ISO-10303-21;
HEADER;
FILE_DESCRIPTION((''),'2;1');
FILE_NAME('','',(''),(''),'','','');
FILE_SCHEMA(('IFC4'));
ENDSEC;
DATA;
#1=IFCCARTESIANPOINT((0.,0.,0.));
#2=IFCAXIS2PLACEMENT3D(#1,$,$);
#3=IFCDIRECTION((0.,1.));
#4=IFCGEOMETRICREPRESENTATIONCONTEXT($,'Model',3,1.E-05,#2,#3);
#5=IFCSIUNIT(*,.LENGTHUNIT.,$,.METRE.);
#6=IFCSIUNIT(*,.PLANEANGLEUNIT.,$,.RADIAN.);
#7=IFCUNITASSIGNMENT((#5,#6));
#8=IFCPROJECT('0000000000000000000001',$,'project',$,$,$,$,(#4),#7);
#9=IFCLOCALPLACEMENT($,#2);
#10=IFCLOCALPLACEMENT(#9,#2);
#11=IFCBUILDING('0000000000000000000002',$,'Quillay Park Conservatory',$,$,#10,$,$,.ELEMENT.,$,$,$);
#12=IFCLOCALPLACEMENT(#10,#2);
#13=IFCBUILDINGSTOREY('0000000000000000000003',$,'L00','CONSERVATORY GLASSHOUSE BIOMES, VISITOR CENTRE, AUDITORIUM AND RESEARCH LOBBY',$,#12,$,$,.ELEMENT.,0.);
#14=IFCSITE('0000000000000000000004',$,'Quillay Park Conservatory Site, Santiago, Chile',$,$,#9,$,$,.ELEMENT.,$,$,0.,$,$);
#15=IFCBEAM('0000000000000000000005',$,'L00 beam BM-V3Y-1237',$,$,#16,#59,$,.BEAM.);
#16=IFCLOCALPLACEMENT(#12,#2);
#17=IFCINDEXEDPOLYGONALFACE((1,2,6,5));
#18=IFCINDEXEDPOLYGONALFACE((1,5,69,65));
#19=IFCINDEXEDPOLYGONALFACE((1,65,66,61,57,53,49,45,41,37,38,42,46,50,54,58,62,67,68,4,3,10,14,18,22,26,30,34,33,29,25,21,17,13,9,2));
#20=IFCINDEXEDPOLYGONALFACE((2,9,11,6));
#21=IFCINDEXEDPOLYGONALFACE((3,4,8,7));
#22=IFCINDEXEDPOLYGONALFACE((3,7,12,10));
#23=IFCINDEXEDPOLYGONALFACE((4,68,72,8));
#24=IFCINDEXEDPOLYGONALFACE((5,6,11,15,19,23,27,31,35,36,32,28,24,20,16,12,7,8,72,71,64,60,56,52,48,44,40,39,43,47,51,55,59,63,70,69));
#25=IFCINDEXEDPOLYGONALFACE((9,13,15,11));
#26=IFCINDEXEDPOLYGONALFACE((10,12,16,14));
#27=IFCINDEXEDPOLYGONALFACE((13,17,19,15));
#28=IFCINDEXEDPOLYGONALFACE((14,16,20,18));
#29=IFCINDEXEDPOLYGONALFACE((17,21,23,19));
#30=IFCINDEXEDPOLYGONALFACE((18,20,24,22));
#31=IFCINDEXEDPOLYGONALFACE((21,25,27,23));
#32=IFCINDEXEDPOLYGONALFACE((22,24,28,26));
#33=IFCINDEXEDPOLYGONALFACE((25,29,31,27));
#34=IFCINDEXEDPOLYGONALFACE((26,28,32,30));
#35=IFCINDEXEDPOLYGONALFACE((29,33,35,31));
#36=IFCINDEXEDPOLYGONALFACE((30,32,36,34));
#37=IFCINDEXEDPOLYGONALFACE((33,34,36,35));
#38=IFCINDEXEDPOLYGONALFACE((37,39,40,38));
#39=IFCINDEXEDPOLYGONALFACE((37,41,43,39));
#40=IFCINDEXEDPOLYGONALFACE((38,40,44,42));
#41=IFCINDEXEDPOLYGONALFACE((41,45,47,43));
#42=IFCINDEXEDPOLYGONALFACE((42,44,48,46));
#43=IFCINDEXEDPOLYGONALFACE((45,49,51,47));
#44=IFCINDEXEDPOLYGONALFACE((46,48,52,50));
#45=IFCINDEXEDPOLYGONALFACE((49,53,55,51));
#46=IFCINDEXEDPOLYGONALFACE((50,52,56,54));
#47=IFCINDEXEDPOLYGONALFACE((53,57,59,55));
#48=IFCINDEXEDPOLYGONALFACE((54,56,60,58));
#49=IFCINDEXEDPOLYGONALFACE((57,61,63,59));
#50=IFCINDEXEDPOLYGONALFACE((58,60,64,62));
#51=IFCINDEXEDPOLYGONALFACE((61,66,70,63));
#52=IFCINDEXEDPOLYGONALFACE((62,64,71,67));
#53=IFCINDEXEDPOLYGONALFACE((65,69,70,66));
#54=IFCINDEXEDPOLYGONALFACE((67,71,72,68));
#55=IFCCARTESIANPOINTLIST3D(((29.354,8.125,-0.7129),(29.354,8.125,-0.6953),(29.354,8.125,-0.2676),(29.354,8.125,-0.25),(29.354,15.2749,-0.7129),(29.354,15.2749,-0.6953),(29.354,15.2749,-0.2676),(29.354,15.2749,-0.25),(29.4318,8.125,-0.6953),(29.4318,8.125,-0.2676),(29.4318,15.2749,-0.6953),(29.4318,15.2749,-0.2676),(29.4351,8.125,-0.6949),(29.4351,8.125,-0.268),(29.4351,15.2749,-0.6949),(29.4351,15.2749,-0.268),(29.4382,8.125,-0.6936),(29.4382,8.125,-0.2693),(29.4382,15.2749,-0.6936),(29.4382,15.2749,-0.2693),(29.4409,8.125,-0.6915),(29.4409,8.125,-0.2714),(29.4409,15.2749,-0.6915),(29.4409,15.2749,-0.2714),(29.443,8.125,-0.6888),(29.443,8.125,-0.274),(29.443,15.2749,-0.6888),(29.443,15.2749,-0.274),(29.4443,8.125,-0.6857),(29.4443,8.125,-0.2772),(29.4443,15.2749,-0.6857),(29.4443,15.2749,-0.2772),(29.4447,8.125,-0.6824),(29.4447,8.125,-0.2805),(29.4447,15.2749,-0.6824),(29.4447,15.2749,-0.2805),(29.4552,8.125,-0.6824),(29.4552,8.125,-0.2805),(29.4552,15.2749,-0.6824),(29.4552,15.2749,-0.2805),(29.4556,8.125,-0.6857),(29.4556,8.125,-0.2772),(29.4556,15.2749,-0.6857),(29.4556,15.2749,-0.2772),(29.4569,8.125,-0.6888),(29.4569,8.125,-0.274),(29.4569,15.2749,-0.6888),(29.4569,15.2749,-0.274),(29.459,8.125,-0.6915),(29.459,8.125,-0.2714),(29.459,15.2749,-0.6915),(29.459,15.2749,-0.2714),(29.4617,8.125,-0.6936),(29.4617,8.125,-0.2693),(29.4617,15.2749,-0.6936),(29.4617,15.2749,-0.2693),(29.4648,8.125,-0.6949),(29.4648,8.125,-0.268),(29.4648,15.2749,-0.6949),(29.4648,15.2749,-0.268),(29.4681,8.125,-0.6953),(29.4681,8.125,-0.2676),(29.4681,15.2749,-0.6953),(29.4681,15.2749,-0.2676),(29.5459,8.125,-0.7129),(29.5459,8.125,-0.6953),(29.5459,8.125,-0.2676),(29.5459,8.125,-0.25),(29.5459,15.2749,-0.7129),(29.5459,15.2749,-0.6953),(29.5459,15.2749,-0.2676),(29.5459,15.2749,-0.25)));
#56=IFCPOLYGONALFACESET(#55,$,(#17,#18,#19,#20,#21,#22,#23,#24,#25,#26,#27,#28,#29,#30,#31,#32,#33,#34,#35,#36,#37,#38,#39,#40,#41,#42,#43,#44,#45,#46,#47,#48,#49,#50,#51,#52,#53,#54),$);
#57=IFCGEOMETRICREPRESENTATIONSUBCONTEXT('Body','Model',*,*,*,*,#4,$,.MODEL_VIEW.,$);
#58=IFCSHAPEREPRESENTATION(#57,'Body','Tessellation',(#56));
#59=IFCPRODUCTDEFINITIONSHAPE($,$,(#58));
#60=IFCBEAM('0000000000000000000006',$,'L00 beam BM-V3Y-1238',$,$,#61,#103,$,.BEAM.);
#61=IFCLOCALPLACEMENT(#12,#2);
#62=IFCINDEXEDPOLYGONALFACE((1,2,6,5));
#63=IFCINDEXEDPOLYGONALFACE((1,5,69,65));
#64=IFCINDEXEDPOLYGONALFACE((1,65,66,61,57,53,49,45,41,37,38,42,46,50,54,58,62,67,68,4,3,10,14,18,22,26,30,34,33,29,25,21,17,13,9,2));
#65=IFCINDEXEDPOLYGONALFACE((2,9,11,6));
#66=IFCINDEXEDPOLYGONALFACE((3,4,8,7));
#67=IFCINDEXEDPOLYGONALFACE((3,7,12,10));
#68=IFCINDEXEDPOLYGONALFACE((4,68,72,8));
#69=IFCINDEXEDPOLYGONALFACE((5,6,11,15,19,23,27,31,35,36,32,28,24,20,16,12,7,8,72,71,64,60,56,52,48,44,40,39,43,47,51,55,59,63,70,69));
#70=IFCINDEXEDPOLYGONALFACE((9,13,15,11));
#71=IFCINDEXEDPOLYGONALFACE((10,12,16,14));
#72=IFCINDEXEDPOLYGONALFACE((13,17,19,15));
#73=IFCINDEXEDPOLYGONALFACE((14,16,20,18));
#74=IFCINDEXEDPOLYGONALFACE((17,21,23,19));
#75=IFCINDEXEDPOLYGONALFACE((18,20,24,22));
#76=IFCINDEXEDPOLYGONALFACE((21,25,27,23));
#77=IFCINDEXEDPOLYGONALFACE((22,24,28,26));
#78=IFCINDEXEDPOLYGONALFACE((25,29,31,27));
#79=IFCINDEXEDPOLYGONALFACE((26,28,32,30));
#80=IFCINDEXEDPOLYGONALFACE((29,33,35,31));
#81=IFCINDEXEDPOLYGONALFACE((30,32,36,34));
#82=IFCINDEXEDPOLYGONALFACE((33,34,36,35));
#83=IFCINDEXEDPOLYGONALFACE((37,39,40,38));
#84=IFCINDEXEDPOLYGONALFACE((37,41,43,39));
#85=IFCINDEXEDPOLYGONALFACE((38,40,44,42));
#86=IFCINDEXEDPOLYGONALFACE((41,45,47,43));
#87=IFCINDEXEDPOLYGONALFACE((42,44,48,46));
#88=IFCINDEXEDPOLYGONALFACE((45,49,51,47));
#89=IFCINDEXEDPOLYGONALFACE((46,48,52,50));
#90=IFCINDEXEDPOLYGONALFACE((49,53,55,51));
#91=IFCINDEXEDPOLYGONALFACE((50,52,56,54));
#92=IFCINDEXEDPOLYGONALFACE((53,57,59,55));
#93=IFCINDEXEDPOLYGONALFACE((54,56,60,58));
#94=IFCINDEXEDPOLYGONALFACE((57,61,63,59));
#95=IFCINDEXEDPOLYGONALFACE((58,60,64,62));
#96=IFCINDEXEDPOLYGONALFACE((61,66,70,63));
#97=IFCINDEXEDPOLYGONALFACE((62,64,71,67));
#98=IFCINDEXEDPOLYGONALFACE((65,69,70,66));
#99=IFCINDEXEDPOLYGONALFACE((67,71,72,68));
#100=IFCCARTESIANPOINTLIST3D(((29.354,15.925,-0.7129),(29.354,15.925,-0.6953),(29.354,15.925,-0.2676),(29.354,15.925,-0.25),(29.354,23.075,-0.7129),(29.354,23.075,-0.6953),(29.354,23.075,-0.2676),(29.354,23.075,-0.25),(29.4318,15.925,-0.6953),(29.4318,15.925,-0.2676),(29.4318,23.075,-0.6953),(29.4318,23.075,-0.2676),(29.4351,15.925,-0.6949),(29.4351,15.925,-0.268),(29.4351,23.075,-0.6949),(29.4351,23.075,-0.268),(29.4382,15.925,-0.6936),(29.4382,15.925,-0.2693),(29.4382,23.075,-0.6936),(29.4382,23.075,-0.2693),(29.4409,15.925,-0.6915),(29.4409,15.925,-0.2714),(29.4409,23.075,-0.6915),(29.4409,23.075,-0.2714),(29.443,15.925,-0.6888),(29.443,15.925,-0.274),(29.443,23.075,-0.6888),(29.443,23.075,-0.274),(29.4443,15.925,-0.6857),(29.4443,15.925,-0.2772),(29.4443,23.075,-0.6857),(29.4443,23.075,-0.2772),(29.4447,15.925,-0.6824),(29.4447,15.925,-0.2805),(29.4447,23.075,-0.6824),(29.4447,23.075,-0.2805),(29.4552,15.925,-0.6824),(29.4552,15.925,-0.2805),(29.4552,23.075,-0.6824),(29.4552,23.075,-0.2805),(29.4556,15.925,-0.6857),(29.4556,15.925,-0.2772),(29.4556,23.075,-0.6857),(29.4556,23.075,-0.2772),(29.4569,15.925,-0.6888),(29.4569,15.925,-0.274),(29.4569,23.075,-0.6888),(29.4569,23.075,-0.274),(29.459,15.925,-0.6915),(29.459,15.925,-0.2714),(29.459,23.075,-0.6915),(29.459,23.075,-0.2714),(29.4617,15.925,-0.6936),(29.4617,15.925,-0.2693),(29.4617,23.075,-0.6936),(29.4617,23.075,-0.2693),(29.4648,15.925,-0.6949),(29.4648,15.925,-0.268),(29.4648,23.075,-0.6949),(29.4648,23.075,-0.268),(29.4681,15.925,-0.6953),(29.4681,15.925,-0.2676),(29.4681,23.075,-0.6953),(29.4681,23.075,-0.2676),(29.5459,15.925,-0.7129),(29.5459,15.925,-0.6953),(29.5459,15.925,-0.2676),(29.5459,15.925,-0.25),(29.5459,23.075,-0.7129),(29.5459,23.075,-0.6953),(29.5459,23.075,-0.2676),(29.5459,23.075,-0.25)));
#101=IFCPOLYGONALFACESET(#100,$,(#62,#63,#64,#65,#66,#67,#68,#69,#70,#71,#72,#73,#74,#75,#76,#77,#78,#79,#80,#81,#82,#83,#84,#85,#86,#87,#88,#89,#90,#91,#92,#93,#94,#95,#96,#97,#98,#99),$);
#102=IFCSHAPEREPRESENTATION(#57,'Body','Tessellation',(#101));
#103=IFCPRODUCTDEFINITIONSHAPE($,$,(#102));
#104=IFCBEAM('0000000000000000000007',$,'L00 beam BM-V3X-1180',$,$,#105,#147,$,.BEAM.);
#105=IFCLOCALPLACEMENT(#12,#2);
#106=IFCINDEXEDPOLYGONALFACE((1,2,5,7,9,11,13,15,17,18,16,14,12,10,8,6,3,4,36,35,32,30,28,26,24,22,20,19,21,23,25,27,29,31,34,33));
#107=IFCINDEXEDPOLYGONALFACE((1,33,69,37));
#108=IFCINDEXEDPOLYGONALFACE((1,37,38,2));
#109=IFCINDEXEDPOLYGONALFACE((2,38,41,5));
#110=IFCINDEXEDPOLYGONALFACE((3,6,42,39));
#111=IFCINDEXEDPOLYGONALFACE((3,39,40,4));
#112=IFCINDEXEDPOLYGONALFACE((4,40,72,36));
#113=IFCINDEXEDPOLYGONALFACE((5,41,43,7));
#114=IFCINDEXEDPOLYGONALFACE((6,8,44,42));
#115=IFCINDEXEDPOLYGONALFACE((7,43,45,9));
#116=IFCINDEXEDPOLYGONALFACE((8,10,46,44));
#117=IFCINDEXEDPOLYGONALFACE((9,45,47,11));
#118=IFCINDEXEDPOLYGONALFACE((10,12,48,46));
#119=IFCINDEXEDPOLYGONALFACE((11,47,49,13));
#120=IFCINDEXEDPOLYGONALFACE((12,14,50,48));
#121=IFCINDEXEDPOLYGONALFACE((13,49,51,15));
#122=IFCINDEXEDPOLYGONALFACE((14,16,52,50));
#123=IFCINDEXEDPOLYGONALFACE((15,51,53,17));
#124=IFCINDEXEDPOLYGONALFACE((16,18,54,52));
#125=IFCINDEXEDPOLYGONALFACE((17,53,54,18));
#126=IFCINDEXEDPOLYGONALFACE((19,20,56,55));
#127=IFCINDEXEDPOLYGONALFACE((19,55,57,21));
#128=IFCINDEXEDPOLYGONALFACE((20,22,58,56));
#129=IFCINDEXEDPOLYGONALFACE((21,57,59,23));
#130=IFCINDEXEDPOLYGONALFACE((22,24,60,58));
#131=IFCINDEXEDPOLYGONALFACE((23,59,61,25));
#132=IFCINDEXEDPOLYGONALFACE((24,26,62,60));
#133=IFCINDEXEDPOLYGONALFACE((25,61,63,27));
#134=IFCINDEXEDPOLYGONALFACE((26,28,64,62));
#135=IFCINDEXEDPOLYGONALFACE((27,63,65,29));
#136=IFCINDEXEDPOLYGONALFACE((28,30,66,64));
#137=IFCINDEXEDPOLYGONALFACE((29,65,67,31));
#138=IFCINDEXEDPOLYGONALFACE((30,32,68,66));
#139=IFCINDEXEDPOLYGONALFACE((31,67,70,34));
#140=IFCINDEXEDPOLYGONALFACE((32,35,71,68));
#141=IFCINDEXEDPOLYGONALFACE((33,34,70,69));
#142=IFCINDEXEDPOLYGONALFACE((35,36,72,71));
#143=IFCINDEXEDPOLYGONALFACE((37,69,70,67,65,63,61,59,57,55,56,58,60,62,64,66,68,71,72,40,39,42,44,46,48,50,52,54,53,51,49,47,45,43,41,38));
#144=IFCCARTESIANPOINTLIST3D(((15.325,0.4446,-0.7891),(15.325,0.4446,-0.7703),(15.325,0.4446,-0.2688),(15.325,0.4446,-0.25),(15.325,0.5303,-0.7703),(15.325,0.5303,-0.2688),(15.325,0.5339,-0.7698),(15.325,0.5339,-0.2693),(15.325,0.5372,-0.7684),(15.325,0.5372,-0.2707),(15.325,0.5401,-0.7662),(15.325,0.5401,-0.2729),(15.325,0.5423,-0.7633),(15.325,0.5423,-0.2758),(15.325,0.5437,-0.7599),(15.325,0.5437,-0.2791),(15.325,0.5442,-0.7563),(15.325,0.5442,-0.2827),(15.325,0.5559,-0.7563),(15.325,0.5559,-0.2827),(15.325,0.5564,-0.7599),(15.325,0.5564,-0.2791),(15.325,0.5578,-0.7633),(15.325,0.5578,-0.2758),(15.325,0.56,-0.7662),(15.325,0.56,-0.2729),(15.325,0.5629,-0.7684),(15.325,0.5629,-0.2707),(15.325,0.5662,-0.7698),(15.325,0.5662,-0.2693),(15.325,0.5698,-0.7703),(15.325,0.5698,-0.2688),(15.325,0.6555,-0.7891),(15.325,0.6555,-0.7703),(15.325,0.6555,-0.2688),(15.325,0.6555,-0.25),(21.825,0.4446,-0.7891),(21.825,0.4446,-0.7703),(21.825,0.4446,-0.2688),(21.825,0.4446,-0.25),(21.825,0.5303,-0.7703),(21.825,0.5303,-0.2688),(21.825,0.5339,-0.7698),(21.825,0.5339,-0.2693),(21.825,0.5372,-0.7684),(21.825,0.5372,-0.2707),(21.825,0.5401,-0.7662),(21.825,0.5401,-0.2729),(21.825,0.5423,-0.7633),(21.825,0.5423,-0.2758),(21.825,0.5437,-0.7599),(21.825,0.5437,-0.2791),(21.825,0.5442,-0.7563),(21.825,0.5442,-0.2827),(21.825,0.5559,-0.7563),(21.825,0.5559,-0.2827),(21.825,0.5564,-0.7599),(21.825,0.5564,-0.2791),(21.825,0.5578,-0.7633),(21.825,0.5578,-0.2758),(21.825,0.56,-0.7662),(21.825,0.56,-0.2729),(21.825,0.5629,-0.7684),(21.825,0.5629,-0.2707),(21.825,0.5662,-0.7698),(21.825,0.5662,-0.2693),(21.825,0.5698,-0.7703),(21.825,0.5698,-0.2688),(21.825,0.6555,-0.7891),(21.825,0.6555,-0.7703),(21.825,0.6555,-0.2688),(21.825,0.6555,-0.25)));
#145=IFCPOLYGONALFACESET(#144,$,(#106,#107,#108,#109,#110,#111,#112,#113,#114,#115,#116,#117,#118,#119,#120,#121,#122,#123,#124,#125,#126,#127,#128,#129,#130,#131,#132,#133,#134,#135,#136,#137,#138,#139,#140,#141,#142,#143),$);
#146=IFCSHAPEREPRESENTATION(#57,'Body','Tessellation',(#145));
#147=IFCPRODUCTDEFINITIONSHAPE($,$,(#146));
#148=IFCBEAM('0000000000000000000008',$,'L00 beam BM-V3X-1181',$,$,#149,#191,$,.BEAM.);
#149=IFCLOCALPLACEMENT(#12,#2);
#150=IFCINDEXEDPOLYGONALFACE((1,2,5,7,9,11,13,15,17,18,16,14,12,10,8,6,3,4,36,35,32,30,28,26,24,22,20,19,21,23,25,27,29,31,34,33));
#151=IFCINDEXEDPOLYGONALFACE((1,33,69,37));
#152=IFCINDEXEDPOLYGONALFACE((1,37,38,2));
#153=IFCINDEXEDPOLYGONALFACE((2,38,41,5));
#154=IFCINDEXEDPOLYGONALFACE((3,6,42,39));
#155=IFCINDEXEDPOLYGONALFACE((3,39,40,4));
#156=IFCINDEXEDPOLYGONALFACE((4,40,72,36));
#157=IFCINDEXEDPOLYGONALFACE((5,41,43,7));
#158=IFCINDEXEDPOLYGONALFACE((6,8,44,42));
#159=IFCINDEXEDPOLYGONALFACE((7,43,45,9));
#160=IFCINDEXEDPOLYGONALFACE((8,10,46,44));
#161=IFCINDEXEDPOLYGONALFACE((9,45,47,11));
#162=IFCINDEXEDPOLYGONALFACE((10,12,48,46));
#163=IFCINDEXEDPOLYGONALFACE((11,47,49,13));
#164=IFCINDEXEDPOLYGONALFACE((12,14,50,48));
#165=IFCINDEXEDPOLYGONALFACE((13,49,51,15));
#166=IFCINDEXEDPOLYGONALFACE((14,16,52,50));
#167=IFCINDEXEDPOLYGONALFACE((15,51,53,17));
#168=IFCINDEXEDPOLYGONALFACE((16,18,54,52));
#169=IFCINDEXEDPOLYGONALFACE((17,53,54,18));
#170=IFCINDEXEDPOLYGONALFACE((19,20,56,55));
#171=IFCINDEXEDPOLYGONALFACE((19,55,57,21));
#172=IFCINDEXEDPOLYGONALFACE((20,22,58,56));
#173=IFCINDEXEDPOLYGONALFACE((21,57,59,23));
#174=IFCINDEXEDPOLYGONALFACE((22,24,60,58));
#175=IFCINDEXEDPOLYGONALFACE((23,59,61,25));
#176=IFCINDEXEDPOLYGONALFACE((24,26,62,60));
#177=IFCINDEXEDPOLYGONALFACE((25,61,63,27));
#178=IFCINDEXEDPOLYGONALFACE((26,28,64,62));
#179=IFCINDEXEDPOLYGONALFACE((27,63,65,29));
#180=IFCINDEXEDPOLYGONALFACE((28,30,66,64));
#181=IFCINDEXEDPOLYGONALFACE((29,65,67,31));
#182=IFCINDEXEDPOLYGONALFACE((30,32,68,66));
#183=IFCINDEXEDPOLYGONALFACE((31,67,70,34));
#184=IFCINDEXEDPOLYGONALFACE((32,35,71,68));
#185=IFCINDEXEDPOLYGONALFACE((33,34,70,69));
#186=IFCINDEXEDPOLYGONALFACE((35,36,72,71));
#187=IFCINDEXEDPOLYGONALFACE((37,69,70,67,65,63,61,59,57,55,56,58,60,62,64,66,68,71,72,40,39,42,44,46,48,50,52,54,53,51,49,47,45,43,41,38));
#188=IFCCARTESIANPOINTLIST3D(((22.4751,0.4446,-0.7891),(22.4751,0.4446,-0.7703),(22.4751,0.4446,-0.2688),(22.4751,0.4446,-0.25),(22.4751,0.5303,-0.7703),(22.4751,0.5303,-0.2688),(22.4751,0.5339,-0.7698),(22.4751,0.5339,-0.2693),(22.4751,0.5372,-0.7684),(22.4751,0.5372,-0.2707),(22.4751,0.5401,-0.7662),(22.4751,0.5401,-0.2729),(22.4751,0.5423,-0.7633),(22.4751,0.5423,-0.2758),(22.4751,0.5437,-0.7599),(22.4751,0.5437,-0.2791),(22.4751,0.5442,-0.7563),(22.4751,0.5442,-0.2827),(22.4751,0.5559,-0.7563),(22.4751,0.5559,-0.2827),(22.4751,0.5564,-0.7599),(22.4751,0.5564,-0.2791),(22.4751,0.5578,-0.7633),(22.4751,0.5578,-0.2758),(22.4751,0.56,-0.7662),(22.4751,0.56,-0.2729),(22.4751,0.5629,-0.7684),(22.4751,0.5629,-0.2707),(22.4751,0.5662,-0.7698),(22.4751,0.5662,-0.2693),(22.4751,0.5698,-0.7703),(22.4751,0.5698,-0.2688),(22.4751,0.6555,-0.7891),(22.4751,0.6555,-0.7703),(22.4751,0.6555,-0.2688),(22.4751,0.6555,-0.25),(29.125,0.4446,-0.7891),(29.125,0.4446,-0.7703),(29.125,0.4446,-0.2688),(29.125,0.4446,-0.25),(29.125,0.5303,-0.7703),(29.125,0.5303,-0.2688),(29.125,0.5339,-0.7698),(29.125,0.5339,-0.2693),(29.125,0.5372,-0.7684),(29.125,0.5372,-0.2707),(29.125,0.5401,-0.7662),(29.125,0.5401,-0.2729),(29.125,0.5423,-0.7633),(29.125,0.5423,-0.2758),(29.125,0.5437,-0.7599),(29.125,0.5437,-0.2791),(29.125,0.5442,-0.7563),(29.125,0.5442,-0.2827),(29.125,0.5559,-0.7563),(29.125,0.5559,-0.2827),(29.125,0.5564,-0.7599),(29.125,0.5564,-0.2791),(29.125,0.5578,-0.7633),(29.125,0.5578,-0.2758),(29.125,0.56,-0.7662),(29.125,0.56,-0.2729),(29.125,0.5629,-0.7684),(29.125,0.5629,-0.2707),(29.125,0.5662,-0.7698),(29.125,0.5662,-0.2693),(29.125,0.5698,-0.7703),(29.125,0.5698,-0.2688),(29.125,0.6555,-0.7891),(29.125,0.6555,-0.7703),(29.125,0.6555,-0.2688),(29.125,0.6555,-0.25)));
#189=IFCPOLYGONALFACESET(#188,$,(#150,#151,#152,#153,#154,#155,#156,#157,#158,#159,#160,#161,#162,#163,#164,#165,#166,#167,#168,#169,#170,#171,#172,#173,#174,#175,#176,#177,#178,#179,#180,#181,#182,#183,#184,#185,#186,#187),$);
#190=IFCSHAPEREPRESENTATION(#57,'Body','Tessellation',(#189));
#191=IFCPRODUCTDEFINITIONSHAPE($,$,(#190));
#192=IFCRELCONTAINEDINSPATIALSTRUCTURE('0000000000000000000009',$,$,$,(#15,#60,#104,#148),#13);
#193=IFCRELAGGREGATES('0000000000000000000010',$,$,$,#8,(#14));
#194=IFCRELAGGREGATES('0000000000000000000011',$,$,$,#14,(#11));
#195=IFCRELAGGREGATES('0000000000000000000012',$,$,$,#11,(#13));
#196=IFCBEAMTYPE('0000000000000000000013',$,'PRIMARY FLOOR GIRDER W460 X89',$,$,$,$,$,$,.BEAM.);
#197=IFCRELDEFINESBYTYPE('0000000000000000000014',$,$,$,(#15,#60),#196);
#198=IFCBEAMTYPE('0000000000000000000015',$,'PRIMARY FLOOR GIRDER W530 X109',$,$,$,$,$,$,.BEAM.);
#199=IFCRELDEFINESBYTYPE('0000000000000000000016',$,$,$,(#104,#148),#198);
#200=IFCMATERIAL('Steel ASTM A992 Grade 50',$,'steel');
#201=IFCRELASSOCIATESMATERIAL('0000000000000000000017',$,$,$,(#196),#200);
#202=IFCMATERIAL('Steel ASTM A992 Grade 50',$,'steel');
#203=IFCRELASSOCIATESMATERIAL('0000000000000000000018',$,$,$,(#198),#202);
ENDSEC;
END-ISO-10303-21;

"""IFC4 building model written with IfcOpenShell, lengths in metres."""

from ifc_helpers import new_model, si_unit, direction, frame, origin, origin_2d, place, context, subcontext, project, spatial, i_section, extrude, material, material_profile, profile_set, type_object, element, save


model = new_model("IFC4")

# Units and contexts
model_context = context("Model", 3, precision=1e-05, world=origin(), true_north=direction((0.0, 1.0)))
body_context = subcontext(model_context, "Body", "Model", "MODEL_VIEW")
ifc_project = project(units=[si_unit("LENGTHUNIT", "METRE"), si_unit("PLANEANGLEUNIT", "RADIAN")], contexts=[model_context])

# Site, building, storey
site_placement = place(None, origin())
site = spatial("IfcSite", under=ifc_project, at=site_placement, Name="Quillay Park Conservatory Site, Santiago, Chile", CompositionType="ELEMENT", RefElevation=0.0)
building_placement = place(site_placement, origin())
building = spatial("IfcBuilding", under=site, at=building_placement, Name="Quillay Park Conservatory", CompositionType="ELEMENT")
storey_placement = place(building_placement, origin())
storey = spatial("IfcBuildingStorey", under=building, at=storey_placement, Name="L00", Description="CONSERVATORY GLASSHOUSE BIOMES, VISITOR CENTRE, AUDITORIUM AND RESEARCH LOBBY", CompositionType="ELEMENT", Elevation=0.0)

# Beams
ifc_material_1 = material(Name="Steel ASTM A992 Grade 50", Category="steel")
ifc_material_profile_1 = material_profile(ifc_material_1, i_section(OverallWidth=0.1919, OverallDepth=0.4629, WebThickness=0.0105, FlangeThickness=0.0176, FilletRadius=0.0129, at=origin_2d()), Name="W460x89")
ifc_profile_set_1 = profile_set([ifc_material_profile_1], Name="Steel ASTM A992 Grade 50")
beam_type_1 = type_object("IfcBeamType", Name="PRIMARY FLOOR GIRDER W460 X89", PredefinedType="BEAM", material=ifc_profile_set_1)
for number, where, z_axis, x_axis, name in (
    (1, (29.45, 8.125, -0.4814), (0.0, 1.0, 0.0), (-1.0, 0.0, 0.0), "L00 beam BM-V3Y-1237"),
    (2, (29.45, 15.925, -0.4814), (0.0, 1.0, 0.0), (-1.0, 0.0, 0.0), "L00 beam BM-V3Y-1238"),
):
    element("IfcBeam", number, at=place(storey_placement, frame(where, z_axis=z_axis, x_axis=x_axis)), inside=storey, type_object=beam_type_1, Name=name, PredefinedType="BEAM", context=body_context, shape_type="SweptSolid", body=[
        extrude(i_section(OverallWidth=0.1919, OverallDepth=0.4629, WebThickness=0.0105, FlangeThickness=0.0176, FilletRadius=0.0129, at=origin_2d()), origin(), (0.0, 0.0, 1.0), 7.1499),
    ])
ifc_material_2 = material(Name="Steel ASTM A992 Grade 50", Category="steel")
ifc_material_profile_2 = material_profile(ifc_material_2, i_section(OverallWidth=0.2109, OverallDepth=0.5391, WebThickness=0.0117, FlangeThickness=0.0188, FilletRadius=0.0139, at=origin_2d()), Name="W530x109")
ifc_profile_set_2 = profile_set([ifc_material_profile_2], Name="Steel ASTM A992 Grade 50")
beam_type_2 = type_object("IfcBeamType", Name="PRIMARY FLOOR GIRDER W530 X109", PredefinedType="BEAM", material=ifc_profile_set_2)
beam_1_placement = place(storey_placement, frame((15.325, 0.55, -0.5195), z_axis=(1.0, 0.0, 0.0), x_axis=(0.0, 1.0, 0.0)))
element("IfcBeam", 3, at=beam_1_placement, inside=storey, type_object=beam_type_2, Name="L00 beam BM-V3X-1180", PredefinedType="BEAM", context=body_context, shape_type="SweptSolid", body=[
    extrude(i_section(OverallWidth=0.2109, OverallDepth=0.5391, WebThickness=0.0117, FlangeThickness=0.0188, FilletRadius=0.0139, at=origin_2d()), origin(), (0.0, 0.0, 1.0), 6.5),
])
beam_2_placement = place(storey_placement, frame((22.4751, 0.55, -0.5195), z_axis=(1.0, 0.0, 0.0), x_axis=(0.0, 1.0, 0.0)))
element("IfcBeam", 4, at=beam_2_placement, inside=storey, type_object=beam_type_2, Name="L00 beam BM-V3X-1181", PredefinedType="BEAM", context=body_context, shape_type="SweptSolid", body=[
    extrude(i_section(OverallWidth=0.2109, OverallDepth=0.5391, WebThickness=0.0117, FlangeThickness=0.0188, FilletRadius=0.0139, at=origin_2d()), origin(), (0.0, 0.0, 1.0), 6.6499),
])

save(model, "model.ifc")
